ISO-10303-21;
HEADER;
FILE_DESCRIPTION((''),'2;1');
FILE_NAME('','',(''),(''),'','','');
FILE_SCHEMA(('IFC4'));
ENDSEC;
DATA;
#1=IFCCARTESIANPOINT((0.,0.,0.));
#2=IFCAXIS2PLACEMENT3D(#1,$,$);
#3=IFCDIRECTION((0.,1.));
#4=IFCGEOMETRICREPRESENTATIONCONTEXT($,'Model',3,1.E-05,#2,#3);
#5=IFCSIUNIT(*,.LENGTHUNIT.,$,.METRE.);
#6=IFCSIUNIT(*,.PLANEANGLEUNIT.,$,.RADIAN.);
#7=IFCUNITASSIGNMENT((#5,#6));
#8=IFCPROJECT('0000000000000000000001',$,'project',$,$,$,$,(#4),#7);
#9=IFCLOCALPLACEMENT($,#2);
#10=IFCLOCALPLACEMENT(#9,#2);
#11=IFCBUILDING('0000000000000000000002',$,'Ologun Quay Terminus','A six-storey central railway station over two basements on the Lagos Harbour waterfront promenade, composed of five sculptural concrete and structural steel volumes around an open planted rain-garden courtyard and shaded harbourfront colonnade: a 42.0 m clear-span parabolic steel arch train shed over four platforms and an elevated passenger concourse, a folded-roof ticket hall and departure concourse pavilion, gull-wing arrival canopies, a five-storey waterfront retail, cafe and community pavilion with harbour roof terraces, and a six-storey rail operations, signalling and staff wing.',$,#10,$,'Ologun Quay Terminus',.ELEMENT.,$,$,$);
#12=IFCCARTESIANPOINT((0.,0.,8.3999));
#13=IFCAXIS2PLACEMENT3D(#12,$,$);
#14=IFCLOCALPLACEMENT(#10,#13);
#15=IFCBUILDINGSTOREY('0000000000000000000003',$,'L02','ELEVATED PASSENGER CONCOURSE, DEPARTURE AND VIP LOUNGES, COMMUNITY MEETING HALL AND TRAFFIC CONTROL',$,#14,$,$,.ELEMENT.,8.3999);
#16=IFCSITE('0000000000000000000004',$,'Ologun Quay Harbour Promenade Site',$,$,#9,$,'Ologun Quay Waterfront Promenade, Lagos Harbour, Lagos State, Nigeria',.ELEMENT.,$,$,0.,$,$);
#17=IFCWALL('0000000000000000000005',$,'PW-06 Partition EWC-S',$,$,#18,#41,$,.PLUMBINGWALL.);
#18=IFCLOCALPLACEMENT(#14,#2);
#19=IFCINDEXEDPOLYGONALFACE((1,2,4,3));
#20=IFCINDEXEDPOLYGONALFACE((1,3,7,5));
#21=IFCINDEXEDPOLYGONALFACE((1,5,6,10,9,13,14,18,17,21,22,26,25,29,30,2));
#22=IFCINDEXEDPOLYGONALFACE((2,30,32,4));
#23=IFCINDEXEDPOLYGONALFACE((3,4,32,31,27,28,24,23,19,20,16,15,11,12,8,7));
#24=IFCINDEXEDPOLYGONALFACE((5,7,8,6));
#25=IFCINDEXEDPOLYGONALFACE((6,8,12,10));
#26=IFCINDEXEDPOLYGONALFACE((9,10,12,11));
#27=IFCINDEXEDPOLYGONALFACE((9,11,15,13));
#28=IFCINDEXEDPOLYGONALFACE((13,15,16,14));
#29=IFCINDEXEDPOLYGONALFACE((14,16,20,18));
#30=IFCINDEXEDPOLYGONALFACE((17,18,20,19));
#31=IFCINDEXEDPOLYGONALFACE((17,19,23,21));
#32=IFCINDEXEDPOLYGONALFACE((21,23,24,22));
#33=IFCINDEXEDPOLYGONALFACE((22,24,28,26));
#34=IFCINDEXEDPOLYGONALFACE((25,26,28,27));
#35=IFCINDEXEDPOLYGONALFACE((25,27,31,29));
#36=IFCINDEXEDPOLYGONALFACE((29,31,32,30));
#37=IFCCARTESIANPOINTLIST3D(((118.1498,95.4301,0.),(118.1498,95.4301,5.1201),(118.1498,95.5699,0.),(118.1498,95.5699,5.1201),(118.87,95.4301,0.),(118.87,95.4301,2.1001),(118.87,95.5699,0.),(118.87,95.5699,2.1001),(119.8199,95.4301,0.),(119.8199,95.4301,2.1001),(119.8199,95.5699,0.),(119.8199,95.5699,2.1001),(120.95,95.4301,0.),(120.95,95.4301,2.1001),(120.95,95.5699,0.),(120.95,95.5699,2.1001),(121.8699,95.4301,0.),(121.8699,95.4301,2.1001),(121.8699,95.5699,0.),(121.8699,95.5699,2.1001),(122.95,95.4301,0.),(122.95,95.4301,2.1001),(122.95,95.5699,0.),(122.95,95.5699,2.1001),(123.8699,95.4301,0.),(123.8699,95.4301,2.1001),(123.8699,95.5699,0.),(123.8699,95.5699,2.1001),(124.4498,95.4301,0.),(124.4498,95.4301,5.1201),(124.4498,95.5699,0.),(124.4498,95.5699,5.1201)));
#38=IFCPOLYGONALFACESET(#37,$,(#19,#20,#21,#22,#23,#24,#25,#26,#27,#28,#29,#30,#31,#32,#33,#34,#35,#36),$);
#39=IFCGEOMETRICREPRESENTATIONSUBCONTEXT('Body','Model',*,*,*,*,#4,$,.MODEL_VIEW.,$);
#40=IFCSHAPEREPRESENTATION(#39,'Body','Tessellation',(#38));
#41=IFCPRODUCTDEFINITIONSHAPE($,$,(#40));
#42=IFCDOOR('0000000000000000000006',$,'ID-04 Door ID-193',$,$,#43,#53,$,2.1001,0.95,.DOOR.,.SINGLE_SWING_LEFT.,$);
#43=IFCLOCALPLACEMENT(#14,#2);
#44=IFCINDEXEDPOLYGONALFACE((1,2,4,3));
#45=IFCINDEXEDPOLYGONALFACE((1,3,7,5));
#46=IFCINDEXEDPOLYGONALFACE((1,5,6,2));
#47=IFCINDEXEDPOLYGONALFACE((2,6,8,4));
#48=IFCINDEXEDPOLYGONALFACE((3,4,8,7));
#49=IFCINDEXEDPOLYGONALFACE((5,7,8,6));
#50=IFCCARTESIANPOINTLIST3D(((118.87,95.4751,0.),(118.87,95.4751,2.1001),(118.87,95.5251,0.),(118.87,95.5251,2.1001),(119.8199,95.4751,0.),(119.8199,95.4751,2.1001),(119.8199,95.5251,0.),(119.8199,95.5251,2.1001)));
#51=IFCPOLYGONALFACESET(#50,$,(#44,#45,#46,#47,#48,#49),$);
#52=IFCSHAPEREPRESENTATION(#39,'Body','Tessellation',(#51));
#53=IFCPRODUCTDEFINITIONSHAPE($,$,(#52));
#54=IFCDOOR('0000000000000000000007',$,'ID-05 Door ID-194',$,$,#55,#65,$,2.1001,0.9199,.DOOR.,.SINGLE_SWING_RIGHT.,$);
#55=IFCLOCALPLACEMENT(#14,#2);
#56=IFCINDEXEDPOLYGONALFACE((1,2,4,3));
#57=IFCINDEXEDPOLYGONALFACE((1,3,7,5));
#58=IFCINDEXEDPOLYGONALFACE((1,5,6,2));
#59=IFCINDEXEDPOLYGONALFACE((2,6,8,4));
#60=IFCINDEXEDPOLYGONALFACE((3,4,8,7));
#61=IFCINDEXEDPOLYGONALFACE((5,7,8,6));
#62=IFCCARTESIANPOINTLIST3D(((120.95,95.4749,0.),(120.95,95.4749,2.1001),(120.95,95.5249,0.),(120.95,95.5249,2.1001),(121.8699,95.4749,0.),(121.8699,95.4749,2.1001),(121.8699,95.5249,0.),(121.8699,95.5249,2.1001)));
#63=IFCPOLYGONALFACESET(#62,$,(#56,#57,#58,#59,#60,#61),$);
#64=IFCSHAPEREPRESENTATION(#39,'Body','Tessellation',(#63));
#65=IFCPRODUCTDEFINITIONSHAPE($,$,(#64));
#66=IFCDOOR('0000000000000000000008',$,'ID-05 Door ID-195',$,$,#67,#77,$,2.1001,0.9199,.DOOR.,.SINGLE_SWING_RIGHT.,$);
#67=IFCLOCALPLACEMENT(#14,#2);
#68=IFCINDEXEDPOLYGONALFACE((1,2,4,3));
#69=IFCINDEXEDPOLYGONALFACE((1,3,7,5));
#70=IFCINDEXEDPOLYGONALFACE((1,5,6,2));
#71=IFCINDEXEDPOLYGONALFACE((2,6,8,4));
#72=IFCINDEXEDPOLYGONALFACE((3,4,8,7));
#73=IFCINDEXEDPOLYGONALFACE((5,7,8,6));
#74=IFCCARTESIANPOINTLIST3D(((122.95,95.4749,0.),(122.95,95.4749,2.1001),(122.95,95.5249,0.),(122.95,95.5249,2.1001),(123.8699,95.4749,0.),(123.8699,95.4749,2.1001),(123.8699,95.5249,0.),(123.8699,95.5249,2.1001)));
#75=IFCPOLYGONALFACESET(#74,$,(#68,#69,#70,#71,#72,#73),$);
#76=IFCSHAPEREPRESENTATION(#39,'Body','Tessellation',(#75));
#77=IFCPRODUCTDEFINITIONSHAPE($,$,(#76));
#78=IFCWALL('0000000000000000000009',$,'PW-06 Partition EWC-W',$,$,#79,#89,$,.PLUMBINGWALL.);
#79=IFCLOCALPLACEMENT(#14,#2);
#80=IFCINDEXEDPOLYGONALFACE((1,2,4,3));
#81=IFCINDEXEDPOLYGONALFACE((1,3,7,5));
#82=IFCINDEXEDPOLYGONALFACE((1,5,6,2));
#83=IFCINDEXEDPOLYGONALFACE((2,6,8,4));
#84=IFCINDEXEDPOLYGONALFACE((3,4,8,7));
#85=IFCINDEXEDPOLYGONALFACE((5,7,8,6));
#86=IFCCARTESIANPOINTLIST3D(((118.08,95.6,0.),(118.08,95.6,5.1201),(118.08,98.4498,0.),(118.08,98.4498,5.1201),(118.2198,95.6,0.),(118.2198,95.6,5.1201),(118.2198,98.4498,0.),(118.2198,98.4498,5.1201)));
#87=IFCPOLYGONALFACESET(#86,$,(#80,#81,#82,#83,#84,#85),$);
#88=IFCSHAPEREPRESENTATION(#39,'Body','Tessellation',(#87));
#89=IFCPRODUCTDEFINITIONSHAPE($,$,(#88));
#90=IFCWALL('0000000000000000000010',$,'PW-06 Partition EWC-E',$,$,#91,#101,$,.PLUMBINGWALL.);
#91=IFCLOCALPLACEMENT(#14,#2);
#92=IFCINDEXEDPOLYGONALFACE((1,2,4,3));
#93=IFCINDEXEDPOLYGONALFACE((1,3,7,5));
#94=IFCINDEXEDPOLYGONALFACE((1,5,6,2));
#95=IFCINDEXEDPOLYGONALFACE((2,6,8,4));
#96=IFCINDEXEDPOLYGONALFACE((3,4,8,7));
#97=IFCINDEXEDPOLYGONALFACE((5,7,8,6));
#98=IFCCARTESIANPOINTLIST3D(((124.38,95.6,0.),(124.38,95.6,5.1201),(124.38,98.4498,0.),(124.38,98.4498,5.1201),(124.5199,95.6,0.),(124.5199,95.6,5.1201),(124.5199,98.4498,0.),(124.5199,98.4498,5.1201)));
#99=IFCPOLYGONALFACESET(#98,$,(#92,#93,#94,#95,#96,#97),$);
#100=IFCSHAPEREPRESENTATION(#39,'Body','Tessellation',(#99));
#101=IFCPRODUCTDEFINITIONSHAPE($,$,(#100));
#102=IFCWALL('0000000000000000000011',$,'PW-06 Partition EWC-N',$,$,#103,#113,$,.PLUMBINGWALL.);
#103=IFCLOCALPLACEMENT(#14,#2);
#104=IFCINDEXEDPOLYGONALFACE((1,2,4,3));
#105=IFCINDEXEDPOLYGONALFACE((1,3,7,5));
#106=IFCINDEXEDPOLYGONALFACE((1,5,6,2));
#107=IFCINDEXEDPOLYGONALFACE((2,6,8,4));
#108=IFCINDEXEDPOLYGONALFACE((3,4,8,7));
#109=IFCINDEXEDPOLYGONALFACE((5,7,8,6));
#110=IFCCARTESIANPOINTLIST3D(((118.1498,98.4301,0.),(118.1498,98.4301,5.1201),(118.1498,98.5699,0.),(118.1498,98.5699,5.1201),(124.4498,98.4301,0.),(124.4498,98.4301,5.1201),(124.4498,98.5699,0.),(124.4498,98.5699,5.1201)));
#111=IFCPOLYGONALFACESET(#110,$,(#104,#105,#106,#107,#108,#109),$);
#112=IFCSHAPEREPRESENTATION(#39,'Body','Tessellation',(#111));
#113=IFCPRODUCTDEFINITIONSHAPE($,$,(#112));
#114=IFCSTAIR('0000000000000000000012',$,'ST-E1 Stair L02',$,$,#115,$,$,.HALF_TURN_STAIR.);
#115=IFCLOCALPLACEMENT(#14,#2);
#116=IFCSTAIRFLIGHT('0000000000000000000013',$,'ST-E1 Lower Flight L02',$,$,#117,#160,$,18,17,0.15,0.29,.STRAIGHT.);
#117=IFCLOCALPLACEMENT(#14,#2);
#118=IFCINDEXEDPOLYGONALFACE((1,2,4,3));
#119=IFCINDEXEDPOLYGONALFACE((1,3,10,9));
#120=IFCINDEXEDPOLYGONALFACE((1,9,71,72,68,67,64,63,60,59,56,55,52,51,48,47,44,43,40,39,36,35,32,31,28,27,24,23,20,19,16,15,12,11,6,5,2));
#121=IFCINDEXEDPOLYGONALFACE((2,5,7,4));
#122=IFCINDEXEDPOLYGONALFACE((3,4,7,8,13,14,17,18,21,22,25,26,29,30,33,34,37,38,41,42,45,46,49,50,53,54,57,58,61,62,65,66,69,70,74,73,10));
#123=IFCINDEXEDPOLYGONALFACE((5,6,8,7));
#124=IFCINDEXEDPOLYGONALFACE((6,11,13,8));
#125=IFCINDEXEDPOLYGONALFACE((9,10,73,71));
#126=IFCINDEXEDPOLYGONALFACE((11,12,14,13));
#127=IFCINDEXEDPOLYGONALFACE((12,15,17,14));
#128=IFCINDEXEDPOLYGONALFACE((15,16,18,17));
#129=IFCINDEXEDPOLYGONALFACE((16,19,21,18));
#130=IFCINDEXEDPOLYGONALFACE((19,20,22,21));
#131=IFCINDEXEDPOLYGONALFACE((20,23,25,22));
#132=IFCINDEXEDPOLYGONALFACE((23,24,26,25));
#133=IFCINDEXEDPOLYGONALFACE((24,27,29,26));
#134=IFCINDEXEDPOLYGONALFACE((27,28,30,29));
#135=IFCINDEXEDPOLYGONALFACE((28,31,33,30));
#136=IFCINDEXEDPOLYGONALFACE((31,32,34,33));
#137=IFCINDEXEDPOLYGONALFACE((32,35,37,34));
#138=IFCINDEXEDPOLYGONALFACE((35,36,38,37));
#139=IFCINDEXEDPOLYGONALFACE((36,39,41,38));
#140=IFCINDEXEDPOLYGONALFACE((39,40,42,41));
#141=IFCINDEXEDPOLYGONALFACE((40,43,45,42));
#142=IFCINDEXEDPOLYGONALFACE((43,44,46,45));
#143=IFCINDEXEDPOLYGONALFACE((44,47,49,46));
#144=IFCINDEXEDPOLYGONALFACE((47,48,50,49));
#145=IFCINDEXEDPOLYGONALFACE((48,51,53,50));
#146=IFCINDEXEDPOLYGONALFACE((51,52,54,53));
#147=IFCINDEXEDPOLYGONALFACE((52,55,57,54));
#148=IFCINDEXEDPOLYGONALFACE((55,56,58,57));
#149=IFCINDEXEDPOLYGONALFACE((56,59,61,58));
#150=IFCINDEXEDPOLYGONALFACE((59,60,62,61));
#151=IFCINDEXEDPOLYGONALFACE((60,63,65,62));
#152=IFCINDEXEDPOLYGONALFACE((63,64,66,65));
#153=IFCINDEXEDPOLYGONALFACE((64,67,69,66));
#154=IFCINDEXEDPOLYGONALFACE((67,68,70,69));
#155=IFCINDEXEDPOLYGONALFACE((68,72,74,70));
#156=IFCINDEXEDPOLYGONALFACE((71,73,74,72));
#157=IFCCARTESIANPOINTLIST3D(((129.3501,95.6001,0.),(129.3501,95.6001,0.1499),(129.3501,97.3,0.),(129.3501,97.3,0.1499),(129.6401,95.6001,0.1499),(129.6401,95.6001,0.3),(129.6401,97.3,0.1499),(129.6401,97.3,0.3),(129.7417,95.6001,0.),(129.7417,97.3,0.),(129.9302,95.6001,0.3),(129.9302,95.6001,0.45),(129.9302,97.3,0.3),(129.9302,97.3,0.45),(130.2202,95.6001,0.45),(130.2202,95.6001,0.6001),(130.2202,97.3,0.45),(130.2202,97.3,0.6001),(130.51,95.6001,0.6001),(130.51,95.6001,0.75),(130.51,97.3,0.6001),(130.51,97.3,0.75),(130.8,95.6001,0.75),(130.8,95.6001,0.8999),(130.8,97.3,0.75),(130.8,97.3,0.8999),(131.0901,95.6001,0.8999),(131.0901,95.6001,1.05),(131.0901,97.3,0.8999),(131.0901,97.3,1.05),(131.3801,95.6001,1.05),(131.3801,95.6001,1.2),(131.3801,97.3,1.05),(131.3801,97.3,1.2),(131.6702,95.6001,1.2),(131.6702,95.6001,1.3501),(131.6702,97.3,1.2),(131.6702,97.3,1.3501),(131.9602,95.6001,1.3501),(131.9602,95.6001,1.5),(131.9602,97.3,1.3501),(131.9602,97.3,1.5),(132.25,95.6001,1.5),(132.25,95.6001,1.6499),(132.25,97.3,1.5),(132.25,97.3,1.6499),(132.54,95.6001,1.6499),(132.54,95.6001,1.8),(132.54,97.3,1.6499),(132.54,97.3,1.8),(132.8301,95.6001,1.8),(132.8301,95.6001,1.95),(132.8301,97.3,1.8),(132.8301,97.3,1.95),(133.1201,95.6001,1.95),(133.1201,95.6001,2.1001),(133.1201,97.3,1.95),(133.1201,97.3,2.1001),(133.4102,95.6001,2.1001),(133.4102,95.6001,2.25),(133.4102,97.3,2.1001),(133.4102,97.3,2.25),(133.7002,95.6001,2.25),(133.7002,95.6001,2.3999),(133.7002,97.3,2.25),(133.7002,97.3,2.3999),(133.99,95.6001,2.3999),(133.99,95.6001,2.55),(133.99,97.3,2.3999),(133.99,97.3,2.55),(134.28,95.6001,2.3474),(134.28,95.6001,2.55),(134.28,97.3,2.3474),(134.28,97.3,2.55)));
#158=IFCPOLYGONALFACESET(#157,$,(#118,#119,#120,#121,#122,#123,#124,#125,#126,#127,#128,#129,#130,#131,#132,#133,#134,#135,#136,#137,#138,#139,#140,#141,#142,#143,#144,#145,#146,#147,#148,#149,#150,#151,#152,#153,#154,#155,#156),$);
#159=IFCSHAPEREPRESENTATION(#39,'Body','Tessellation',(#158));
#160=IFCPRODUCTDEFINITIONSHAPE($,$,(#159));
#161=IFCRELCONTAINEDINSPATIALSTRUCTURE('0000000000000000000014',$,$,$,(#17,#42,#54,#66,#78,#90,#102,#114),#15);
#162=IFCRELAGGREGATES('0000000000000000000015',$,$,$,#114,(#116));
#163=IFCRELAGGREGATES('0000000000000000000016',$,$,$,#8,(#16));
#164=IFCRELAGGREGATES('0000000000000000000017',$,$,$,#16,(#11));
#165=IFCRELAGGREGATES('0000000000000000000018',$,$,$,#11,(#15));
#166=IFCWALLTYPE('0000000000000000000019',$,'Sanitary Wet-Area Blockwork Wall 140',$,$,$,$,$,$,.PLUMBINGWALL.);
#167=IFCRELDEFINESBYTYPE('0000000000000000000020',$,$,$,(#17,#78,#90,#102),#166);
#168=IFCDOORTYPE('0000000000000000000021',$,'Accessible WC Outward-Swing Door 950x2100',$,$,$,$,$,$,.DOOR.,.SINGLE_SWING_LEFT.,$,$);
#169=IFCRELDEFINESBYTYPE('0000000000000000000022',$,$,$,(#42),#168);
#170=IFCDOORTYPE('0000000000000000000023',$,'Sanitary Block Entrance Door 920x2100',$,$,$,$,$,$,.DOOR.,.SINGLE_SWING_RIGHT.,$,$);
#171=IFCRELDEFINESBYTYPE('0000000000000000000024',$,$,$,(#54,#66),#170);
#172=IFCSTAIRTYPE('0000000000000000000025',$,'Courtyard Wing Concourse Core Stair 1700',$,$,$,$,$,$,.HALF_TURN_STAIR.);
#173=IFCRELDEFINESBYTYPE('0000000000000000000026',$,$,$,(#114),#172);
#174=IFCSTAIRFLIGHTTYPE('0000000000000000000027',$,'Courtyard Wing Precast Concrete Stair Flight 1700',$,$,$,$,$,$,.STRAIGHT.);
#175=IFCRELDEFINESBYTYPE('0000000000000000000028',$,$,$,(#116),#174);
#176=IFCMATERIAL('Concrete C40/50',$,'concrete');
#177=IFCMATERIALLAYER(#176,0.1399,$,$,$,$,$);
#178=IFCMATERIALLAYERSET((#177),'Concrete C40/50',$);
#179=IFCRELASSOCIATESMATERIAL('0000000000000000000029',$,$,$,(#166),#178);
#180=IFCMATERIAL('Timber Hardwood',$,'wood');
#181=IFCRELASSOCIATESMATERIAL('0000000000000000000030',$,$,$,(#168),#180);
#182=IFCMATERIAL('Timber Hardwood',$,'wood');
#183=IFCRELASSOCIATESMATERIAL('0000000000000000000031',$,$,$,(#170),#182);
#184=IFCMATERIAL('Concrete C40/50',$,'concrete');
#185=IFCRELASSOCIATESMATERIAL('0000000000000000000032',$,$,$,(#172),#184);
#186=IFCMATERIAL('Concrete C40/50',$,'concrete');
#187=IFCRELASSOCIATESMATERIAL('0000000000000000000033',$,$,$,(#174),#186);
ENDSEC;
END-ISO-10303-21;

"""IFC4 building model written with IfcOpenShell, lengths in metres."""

from ifc_helpers import new_model, si_unit, direction, frame, frame_2d, origin, place, context, subcontext, project, spatial, polyline, rectangle, outline, extrude, material, layer, layer_set, type_object, element, fill, aggregate, save


model = new_model("IFC4")

# Units and contexts
model_context = context("Model", 3, precision=1e-05, world=origin(), true_north=direction((0.0, 1.0)))
body_context = subcontext(model_context, "Body", "Model", "MODEL_VIEW")
ifc_project = project(units=[si_unit("LENGTHUNIT", "METRE"), si_unit("PLANEANGLEUNIT", "RADIAN")], contexts=[model_context])

# Site, building, storey
site_placement = place(None, origin())
site = spatial("IfcSite", under=ifc_project, at=site_placement, Name="Ologun Quay Harbour Promenade Site", LongName="Ologun Quay Waterfront Promenade, Lagos Harbour, Lagos State, Nigeria", CompositionType="ELEMENT", RefElevation=0.0)
building_placement = place(site_placement, origin())
building = spatial("IfcBuilding", under=site, at=building_placement, Name="Ologun Quay Terminus", Description="A six-storey central railway station over two basements on the Lagos Harbour waterfront promenade, composed of five sculptural concrete and structural steel volumes around an open planted rain-garden courtyard and shaded harbourfront colonnade: a 42.0 m clear-span parabolic steel arch train shed over four platforms and an elevated passenger concourse, a folded-roof ticket hall and departure concourse pavilion, gull-wing arrival canopies, a five-storey waterfront retail, cafe and community pavilion with harbour roof terraces, and a six-storey rail operations, signalling and staff wing.", LongName="Ologun Quay Terminus", CompositionType="ELEMENT")
storey_placement = place(building_placement, frame((0.0, 0.0, 8.3999)))
storey = spatial("IfcBuildingStorey", under=building, at=storey_placement, Name="L02", Description="ELEVATED PASSENGER CONCOURSE, DEPARTURE AND VIP LOUNGES, COMMUNITY MEETING HALL AND TRAFFIC CONTROL", CompositionType="ELEMENT", Elevation=8.3999)

# Wall, openings, doors
ifc_material_1 = material(Name="Concrete C40/50", Category="concrete")
ifc_layer_1 = layer(ifc_material_1, 0.1399)
ifc_layer_set_1 = layer_set([ifc_layer_1], Name="Concrete C40/50")
wall_type_1 = type_object("IfcWallType", Name="Sanitary Wet-Area Blockwork Wall 140", PredefinedType="PLUMBINGWALL", material=ifc_layer_set_1)
wall_1_placement = place(storey_placement, frame((118.1499, 95.5, 0.0), z_axis=(0.0, 0.0, 1.0), x_axis=(1.0, 0.0, 0.0)))
wall_1 = element("IfcWall", 1, at=wall_1_placement, inside=storey, type_object=wall_type_1, Name="PW-06 Partition EWC-S", PredefinedType="PLUMBINGWALL", context=body_context, shape_type="SweptSolid", body=[
    extrude(rectangle(XDim=6.3, YDim=0.1399, at=frame_2d((3.1499, 0.0))), origin(), (0.0, 0.0, 1.0), 5.1201),
])
opening_1_placement = place(wall_1_placement, frame((0.72, 0.0, 0.0)))
opening_1 = element("IfcOpeningElement", 2, at=opening_1_placement, cuts=wall_1, PredefinedType="OPENING", context=body_context, shape_type="SweptSolid", body=[
    extrude(rectangle(XDim=0.95, YDim=2.1001, at=frame_2d((0.4751, 1.05))), frame((0.0, 0.0801, 0.0), z_axis=(0.0, -1.0, 0.0), x_axis=(1.0, 0.0, 0.0)), (0.0, 0.0, 1.0), 0.1599),
])
opening_2_placement = place(wall_1_placement, frame((2.8, 0.0, 0.0)))
opening_2 = element("IfcOpeningElement", 3, at=opening_2_placement, cuts=wall_1, PredefinedType="OPENING", context=body_context, shape_type="SweptSolid", body=[
    extrude(rectangle(XDim=0.9199, YDim=2.1001, at=frame_2d((0.46, 1.05))), frame((0.0, 0.0801, 0.0), z_axis=(0.0, -1.0, 0.0), x_axis=(1.0, 0.0, 0.0)), (0.0, 0.0, 1.0), 0.1599),
])
opening_3_placement = place(wall_1_placement, frame((4.8, 0.0, 0.0)))
opening_3 = element("IfcOpeningElement", 4, at=opening_3_placement, cuts=wall_1, PredefinedType="OPENING", context=body_context, shape_type="SweptSolid", body=[
    extrude(rectangle(XDim=0.9199, YDim=2.1001, at=frame_2d((0.46, 1.05))), frame((0.0, 0.0801, 0.0), z_axis=(0.0, -1.0, 0.0), x_axis=(1.0, 0.0, 0.0)), (0.0, 0.0, 1.0), 0.1599),
])
ifc_material_2 = material(Name="Timber Hardwood", Category="wood")
door_type_1 = type_object("IfcDoorType", Name="Accessible WC Outward-Swing Door 950x2100", OperationType="SINGLE_SWING_LEFT", PredefinedType="DOOR", material=ifc_material_2)
door_1_placement = place(opening_1_placement, frame((0.4751, 0.0, 0.0), z_axis=(0.0, 0.0, 1.0), x_axis=(-1.0, 0.0, 0.0)))
door_1 = element("IfcDoor", 5, at=door_1_placement, inside=storey, type_object=door_type_1, Name="ID-04 Door ID-193", OperationType="SINGLE_SWING_LEFT", OverallHeight=2.1001, OverallWidth=0.95, PredefinedType="DOOR", context=body_context, shape_type="SweptSolid", body=[
    extrude(rectangle(XDim=0.95, YDim=2.1001, at=frame_2d((0.0, 1.05))), frame((0.0, 0.0249, 0.0), z_axis=(0.0, -1.0, 0.0), x_axis=(1.0, 0.0, 0.0)), (0.0, 0.0, 1.0), 0.05),
])
fill(opening_1, door_1)
ifc_material_3 = material(Name="Timber Hardwood", Category="wood")
door_type_2 = type_object("IfcDoorType", Name="Sanitary Block Entrance Door 920x2100", OperationType="SINGLE_SWING_RIGHT", PredefinedType="DOOR", material=ifc_material_3)
door_2_placement = place(opening_2_placement, origin())
door_2 = element("IfcDoor", 6, at=door_2_placement, inside=storey, type_object=door_type_2, Name="ID-05 Door ID-194", OperationType="SINGLE_SWING_RIGHT", OverallHeight=2.1001, OverallWidth=0.9199, PredefinedType="DOOR", context=body_context, shape_type="SweptSolid", body=[
    extrude(rectangle(XDim=0.9199, YDim=2.1001, at=frame_2d((0.46, 1.05))), frame((0.0, 0.0249, 0.0), z_axis=(0.0, -1.0, 0.0), x_axis=(1.0, 0.0, 0.0)), (0.0, 0.0, 1.0), 0.05),
])
fill(opening_2, door_2)
door_3_placement = place(opening_3_placement, origin())
door_3 = element("IfcDoor", 7, at=door_3_placement, inside=storey, type_object=door_type_2, Name="ID-05 Door ID-195", OperationType="SINGLE_SWING_RIGHT", OverallHeight=2.1001, OverallWidth=0.9199, PredefinedType="DOOR", context=body_context, shape_type="SweptSolid", body=[
    extrude(rectangle(XDim=0.9199, YDim=2.1001, at=frame_2d((0.46, 1.05))), frame((0.0, 0.0249, 0.0), z_axis=(0.0, -1.0, 0.0), x_axis=(1.0, 0.0, 0.0)), (0.0, 0.0, 1.0), 0.05),
])
fill(opening_3, door_3)

# Walls
for number, where, z_axis, x_axis, name in (
    (8, (118.1499, 95.6001, 0.0), (0.0, 0.0, 1.0), (0.0, 1.0, 0.0), "PW-06 Partition EWC-W"),
    (9, (124.45, 95.6001, 0.0), (0.0, 0.0, 1.0), (0.0, 1.0, 0.0), "PW-06 Partition EWC-E"),
):
    element("IfcWall", number, at=place(storey_placement, frame(where, z_axis=z_axis, x_axis=x_axis)), inside=storey, type_object=wall_type_1, Name=name, PredefinedType="PLUMBINGWALL", context=body_context, shape_type="SweptSolid", body=[
        extrude(rectangle(XDim=2.8499, YDim=0.1399, at=frame_2d((1.4248, 0.0))), origin(), (0.0, 0.0, 1.0), 5.1201),
    ])
wall_2_placement = place(storey_placement, frame((118.1499, 98.5, 0.0), z_axis=(0.0, 0.0, 1.0), x_axis=(1.0, 0.0, 0.0)))
element("IfcWall", 10, at=wall_2_placement, inside=storey, type_object=wall_type_1, Name="PW-06 Partition EWC-N", PredefinedType="PLUMBINGWALL", context=body_context, shape_type="SweptSolid", body=[
    extrude(rectangle(XDim=6.3, YDim=0.1399, at=frame_2d((3.1499, 0.0))), origin(), (0.0, 0.0, 1.0), 5.1201),
])

# Stair, stair flight
ifc_material_4 = material(Name="Concrete C40/50", Category="concrete")
stair_type = type_object("IfcStairType", Name="Courtyard Wing Concourse Core Stair 1700", PredefinedType="HALF_TURN_STAIR", material=ifc_material_4)
stair_placement = place(storey_placement, origin())
stair = element("IfcStair", 11, at=stair_placement, inside=storey, type_object=stair_type, Name="ST-E1 Stair L02", PredefinedType="HALF_TURN_STAIR")
ifc_material_5 = material(Name="Concrete C40/50", Category="concrete")
stair_flight_type = type_object("IfcStairFlightType", Name="Courtyard Wing Precast Concrete Stair Flight 1700", PredefinedType="STRAIGHT", material=ifc_material_5)
stair_flight_placement = place(storey_placement, frame((129.3501, 96.45, 0.0), z_axis=(0.0, 0.0, 1.0), x_axis=(1.0, 0.0, 0.0)))
stair_flight = element("IfcStairFlight", 12, at=stair_flight_placement, type_object=stair_flight_type, Name="ST-E1 Lower Flight L02", NumberOfRisers=18, NumberOfTreads=17, PredefinedType="STRAIGHT", RiserHeight=0.15, TreadLength=0.29, context=body_context, shape_type="SweptSolid", body=[
    extrude(outline(polyline([(0.0, 0.0), (0.0, 0.1499), (0.29, 0.1499), (0.29, 0.3), (0.5801, 0.3), (0.5801, 0.45), (0.8701, 0.45), (0.8701, 0.6001), (1.1599, 0.6001), (1.1599, 0.75), (1.45, 0.75), (1.45, 0.8999), (1.74, 0.8999), (1.74, 1.05), (2.03, 1.05), (2.03, 1.2), (2.3201, 1.2), (2.3201, 1.3501), (2.6101, 1.3501), (2.6101, 1.5), (2.8999, 1.5), (2.8999, 1.6499), (3.1899, 1.6499), (3.1899, 1.8), (3.48, 1.8), (3.48, 1.95), (3.77, 1.95), (3.77, 2.1001), (4.0601, 2.1001), (4.0601, 2.25), (4.3501, 2.25), (4.3501, 2.3999), (4.6399, 2.3999), (4.6399, 2.55), (4.9299, 2.55), (4.9299, 2.7), (4.9299, 2.3474), (0.3916, 0.0), (0.0, 0.0)])), frame((0.0, 0.8501, 0.0), z_axis=(0.0, -1.0, 0.0), x_axis=(1.0, 0.0, 0.0)), (0.0, 0.0, 1.0), 1.7),
])
aggregate(stair, [stair_flight])

save(model, "model.ifc")
